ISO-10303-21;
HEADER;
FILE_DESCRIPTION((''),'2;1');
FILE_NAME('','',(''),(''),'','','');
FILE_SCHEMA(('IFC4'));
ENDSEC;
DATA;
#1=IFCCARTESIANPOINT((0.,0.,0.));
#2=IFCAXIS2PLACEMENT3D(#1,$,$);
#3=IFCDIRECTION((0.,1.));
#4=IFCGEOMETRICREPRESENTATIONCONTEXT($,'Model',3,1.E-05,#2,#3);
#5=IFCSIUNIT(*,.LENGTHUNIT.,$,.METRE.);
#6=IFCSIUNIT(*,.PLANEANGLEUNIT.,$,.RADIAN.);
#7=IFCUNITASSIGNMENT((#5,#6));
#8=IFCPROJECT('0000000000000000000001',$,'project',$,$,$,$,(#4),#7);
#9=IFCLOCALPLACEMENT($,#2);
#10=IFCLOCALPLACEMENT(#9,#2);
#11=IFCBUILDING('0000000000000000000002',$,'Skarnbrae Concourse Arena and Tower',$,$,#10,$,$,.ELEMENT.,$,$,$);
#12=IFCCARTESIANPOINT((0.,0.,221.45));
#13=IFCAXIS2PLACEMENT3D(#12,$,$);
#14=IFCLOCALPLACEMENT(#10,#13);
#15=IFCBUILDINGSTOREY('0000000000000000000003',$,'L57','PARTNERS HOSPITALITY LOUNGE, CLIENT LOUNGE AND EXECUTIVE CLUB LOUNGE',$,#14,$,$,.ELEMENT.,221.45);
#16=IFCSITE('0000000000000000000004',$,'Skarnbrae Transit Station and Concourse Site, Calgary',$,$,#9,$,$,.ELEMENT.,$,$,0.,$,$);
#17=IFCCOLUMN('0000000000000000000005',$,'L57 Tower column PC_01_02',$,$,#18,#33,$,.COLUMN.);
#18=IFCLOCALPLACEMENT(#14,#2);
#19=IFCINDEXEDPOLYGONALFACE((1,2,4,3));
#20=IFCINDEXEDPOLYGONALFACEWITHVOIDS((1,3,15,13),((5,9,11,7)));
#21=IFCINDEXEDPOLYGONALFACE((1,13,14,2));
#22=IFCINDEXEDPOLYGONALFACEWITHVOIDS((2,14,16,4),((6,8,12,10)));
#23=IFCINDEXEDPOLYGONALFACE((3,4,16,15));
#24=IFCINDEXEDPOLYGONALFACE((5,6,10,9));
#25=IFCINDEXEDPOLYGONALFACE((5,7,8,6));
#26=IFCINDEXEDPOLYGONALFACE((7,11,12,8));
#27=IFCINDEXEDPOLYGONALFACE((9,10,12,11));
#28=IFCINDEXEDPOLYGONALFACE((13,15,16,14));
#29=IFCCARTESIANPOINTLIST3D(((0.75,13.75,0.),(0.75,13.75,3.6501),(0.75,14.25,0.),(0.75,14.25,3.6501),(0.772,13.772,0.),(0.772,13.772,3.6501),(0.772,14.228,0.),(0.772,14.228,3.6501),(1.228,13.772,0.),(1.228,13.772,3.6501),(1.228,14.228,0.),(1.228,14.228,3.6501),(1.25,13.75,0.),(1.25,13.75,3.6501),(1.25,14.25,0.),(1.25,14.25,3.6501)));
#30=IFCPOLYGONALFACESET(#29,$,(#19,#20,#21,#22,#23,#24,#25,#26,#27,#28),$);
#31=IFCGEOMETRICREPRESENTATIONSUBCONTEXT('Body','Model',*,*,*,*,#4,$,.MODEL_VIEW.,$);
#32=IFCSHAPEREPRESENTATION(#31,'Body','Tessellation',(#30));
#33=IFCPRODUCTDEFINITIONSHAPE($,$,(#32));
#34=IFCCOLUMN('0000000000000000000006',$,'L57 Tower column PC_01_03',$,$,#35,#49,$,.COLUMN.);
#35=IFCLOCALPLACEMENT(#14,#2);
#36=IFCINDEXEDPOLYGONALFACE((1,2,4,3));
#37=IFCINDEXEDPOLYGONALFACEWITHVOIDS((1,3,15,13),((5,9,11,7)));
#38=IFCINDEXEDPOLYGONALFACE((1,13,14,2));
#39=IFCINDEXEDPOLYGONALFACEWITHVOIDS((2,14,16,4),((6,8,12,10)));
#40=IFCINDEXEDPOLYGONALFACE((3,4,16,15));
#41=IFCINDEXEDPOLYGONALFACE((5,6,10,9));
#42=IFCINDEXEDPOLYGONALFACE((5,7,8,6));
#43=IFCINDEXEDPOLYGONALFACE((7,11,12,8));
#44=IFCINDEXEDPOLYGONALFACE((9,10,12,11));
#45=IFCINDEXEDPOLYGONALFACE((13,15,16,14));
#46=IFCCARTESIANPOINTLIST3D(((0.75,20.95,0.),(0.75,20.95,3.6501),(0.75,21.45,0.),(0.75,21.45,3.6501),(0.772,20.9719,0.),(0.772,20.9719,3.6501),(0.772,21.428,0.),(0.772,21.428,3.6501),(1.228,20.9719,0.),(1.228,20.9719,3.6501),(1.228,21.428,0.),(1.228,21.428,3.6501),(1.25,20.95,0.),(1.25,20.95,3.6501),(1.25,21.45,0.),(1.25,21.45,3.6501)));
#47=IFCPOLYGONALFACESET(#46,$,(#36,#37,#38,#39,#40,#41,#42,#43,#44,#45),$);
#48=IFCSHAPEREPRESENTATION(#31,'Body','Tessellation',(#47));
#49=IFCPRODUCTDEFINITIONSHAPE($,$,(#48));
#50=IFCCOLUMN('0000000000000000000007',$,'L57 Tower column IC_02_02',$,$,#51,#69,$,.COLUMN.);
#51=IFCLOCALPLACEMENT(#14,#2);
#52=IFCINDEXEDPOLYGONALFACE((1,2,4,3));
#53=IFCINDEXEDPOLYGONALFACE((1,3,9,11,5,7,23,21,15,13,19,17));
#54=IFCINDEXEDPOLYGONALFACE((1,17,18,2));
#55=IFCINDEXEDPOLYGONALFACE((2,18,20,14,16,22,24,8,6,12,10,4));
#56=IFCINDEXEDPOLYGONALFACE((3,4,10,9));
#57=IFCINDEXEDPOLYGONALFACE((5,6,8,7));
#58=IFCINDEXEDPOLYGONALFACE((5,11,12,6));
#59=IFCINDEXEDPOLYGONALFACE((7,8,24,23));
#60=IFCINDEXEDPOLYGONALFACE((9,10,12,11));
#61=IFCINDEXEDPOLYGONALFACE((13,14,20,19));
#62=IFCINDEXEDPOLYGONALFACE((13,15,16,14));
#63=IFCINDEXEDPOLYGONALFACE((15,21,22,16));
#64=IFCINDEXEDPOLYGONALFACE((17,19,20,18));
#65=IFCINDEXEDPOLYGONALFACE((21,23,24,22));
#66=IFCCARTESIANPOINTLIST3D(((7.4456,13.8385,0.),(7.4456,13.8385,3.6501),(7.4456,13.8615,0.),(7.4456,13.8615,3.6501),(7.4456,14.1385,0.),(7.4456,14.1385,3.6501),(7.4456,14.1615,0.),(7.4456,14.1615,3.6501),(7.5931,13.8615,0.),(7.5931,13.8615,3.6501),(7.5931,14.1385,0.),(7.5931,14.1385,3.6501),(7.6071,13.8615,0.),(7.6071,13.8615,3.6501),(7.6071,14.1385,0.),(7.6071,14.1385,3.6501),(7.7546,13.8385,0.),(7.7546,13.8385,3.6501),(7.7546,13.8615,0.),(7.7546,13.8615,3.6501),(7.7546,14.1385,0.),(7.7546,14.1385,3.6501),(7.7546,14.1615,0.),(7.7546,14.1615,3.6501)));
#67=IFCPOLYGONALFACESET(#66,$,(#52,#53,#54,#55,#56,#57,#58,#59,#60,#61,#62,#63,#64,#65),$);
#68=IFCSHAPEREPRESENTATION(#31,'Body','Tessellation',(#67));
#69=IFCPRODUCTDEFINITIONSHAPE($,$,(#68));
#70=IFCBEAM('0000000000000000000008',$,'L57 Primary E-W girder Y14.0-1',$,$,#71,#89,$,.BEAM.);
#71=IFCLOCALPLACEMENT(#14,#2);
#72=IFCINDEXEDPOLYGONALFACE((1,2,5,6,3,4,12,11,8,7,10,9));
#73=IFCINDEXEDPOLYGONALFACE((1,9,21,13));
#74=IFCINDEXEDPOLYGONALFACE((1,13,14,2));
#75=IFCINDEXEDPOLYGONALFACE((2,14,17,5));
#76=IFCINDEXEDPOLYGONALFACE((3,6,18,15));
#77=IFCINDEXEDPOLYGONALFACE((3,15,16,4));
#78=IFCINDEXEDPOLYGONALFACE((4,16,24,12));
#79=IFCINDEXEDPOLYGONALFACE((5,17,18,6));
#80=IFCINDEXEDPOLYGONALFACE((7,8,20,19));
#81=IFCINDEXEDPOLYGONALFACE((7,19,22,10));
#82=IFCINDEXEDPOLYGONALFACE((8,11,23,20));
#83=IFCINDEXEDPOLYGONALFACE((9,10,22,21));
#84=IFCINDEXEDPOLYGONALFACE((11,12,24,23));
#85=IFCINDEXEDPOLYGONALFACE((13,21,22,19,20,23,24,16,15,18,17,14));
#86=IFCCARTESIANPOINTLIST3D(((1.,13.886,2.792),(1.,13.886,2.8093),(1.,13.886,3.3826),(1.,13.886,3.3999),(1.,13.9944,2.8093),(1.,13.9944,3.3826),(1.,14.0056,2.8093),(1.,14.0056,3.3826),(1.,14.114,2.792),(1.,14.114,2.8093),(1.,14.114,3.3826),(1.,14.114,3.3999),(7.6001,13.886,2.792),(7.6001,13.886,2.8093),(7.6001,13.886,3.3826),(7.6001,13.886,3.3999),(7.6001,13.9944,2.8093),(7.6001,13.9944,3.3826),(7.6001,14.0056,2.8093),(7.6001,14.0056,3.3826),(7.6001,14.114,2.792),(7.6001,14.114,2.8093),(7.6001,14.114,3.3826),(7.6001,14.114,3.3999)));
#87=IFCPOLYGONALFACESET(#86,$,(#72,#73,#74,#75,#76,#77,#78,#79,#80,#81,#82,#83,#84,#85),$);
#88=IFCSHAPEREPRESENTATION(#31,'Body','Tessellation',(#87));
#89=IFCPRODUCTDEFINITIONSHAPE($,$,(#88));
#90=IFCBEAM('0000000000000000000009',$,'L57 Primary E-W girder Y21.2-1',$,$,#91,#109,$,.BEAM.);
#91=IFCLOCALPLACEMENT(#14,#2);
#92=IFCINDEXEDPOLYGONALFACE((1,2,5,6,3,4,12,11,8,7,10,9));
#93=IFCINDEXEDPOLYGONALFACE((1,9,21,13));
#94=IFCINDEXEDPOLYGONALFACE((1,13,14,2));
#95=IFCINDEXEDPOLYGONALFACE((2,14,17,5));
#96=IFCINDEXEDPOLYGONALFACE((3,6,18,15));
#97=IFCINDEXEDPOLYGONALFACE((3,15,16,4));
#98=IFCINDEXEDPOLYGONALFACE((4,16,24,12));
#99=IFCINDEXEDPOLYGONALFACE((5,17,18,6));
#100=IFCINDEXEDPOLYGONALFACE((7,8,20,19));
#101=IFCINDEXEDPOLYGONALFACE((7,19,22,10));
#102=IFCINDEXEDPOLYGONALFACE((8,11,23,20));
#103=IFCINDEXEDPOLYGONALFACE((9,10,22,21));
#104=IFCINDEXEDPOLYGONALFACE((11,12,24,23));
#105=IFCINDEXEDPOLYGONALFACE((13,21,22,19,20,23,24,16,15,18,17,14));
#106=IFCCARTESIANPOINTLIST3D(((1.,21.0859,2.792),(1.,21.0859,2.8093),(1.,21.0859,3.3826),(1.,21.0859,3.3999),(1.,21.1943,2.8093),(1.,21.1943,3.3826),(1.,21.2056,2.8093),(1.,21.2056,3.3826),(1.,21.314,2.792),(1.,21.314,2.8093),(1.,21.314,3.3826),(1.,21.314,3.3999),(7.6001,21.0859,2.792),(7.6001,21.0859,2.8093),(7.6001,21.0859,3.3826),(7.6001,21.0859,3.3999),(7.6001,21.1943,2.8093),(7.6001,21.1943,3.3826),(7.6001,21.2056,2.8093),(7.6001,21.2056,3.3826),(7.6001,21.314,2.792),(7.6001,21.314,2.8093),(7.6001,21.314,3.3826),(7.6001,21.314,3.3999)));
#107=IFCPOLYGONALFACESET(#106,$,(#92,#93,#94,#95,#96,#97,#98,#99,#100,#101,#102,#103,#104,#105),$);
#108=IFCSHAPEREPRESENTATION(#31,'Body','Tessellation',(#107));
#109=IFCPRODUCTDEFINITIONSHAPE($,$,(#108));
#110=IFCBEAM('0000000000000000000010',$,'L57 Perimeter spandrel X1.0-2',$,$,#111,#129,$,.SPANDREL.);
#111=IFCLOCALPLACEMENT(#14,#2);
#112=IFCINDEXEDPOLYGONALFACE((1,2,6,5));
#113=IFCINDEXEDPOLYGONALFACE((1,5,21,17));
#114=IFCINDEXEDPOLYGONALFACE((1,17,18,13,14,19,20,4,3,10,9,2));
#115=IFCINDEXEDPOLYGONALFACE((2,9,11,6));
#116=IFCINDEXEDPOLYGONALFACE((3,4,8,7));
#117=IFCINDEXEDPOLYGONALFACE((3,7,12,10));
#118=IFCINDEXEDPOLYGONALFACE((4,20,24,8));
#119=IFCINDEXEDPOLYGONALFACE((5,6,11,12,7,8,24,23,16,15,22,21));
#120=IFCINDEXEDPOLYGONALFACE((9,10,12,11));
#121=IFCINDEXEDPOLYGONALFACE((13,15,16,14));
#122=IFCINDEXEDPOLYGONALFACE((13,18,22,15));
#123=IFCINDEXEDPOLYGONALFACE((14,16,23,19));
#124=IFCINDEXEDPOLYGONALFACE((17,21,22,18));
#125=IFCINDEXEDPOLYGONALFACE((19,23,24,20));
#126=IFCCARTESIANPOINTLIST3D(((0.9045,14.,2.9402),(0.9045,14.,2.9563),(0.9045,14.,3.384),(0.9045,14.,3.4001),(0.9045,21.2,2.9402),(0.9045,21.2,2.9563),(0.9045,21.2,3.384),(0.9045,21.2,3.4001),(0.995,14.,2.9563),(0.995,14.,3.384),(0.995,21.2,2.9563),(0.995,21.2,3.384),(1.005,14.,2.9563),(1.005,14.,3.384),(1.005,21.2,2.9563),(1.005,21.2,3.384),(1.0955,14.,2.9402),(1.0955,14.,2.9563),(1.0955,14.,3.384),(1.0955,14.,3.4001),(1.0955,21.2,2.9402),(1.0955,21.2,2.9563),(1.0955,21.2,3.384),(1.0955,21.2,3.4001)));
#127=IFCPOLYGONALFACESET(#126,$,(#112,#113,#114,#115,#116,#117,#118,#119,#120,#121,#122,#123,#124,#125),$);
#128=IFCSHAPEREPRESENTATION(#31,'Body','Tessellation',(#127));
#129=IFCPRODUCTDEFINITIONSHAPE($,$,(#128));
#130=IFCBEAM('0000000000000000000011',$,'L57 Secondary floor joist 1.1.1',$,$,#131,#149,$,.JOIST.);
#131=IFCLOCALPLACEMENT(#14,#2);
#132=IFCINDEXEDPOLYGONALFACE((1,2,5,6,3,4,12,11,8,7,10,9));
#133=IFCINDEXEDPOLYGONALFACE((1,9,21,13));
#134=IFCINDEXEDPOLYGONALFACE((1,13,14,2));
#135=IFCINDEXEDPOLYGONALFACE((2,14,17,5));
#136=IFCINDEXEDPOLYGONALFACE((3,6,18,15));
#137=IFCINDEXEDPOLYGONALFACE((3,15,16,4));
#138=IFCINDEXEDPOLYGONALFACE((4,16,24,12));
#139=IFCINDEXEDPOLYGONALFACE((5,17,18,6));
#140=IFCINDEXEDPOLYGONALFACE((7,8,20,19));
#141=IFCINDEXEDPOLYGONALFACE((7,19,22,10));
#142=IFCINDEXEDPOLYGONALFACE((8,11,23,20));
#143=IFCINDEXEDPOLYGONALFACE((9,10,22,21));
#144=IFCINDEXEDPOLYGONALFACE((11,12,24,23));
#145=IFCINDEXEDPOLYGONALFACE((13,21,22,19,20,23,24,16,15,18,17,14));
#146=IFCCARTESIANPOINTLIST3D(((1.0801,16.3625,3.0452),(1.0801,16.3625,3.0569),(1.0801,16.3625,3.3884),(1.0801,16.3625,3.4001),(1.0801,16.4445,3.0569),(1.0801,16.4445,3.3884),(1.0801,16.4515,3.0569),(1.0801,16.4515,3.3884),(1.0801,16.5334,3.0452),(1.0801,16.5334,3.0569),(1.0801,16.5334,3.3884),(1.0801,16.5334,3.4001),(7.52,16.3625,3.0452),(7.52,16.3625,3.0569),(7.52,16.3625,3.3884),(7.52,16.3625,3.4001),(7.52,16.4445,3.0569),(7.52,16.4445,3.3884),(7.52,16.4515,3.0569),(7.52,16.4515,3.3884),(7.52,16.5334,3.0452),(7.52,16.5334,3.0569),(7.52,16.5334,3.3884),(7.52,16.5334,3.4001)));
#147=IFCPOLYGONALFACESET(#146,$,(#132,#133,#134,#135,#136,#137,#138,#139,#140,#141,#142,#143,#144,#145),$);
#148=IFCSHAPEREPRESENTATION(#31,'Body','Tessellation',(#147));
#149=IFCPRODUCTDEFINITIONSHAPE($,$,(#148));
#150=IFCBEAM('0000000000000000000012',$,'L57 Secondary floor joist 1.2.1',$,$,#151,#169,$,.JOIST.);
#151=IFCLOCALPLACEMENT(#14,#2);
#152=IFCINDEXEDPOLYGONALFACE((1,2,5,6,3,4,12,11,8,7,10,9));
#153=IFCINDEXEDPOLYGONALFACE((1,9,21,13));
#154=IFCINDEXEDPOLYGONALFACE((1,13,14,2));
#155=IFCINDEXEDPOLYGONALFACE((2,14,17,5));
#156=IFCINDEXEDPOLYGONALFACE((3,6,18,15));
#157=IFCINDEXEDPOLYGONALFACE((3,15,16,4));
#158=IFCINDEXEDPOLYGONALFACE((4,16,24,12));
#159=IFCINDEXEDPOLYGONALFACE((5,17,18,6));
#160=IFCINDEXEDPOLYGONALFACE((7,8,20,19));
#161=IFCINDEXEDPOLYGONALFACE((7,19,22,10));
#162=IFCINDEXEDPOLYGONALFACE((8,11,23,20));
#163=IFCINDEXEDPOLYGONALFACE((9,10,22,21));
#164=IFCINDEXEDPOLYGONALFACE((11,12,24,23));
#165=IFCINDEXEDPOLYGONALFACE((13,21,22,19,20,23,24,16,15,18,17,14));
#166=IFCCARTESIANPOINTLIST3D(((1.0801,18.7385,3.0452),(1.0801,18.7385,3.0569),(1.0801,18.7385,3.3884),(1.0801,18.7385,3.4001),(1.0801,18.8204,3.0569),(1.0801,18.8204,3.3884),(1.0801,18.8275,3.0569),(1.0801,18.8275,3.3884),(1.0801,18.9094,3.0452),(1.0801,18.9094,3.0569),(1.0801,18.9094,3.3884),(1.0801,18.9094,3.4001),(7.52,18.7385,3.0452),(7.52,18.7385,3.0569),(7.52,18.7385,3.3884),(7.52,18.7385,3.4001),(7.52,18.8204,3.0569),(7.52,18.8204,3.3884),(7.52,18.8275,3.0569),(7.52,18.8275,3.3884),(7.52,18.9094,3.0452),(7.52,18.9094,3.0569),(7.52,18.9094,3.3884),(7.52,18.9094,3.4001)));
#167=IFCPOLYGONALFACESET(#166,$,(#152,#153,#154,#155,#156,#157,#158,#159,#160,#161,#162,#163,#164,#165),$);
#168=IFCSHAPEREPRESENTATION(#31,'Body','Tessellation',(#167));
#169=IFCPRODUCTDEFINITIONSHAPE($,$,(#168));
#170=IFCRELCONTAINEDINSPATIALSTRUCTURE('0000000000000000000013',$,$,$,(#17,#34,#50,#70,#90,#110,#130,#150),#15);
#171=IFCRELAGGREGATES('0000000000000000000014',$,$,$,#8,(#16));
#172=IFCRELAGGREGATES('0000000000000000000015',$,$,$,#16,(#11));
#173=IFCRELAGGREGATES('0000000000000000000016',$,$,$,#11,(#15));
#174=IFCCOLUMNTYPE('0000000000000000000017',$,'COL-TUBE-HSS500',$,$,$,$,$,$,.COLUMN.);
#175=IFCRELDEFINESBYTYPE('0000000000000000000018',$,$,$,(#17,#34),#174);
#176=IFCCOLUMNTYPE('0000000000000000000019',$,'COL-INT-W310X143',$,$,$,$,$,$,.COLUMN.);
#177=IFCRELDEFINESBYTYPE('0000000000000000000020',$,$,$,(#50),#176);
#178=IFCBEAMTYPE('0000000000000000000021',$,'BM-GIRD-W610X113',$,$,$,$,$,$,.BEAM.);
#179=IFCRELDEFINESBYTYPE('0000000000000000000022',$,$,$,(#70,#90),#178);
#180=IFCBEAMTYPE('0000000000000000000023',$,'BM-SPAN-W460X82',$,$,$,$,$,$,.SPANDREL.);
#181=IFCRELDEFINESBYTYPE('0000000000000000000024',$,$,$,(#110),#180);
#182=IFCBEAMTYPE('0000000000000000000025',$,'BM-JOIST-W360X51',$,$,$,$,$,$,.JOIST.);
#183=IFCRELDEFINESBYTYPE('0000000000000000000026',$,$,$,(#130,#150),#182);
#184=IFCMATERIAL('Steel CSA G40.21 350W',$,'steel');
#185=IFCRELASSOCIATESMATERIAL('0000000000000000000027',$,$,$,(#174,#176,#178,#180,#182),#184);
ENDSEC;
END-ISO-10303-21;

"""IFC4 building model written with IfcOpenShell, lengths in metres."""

from ifc_helpers import new_model, si_unit, direction, frame, origin, origin_2d, place, context, subcontext, project, spatial, hollow_rectangle, i_section, extrude, source, transform, mapped, material, material_profile, profile_set, type_object, element, save


model = new_model("IFC4")

# Units and contexts
model_context = context("Model", 3, precision=1e-05, world=origin(), true_north=direction((0.0, 1.0)))
body_context = subcontext(model_context, "Body", "Model", "MODEL_VIEW")
ifc_project = project(units=[si_unit("LENGTHUNIT", "METRE"), si_unit("PLANEANGLEUNIT", "RADIAN")], contexts=[model_context])

# Site, building, storey
site_placement = place(None, origin())
site = spatial("IfcSite", under=ifc_project, at=site_placement, Name="Skarnbrae Transit Station and Concourse Site, Calgary", CompositionType="ELEMENT", RefElevation=0.0)
building_placement = place(site_placement, origin())
building = spatial("IfcBuilding", under=site, at=building_placement, Name="Skarnbrae Concourse Arena and Tower", CompositionType="ELEMENT")
storey_placement = place(building_placement, frame((0.0, 0.0, 221.45)))
storey = spatial("IfcBuildingStorey", under=building, at=storey_placement, Name="L57", Description="PARTNERS HOSPITALITY LOUNGE, CLIENT LOUNGE AND EXECUTIVE CLUB LOUNGE", CompositionType="ELEMENT", Elevation=221.45)

# Columns
ifc_material_1 = material(Name="Steel CSA G40.21 350W", Category="steel")
ifc_material_profile_1 = material_profile(ifc_material_1, hollow_rectangle(XDim=0.5, YDim=0.5, WallThickness=0.022, at=origin_2d()), Name="HSS500X500X22.0")
ifc_profile_set_1 = profile_set([ifc_material_profile_1], Name="Steel CSA G40.21 350W")
column_type_1 = type_object("IfcColumnType", Name="COL-TUBE-HSS500", PredefinedType="COLUMN", material=ifc_profile_set_1)
shared_shape_1 = source(origin(), body_context, "Body", "SweptSolid", [
    extrude(hollow_rectangle(XDim=0.5, YDim=0.5, WallThickness=0.022, at=origin_2d()), origin(), (0.0, 0.0, 1.0), 3.6501),
])
for number, where, z_axis, x_axis, name in (
    (1, (1.0, 14.0, 0.0), (0.0, 0.0, 1.0), (1.0, 0.0, 0.0), "L57 Tower column PC_01_02"),
    (2, (1.0, 21.2, 0.0), (0.0, 0.0, 1.0), (1.0, 0.0, 0.0), "L57 Tower column PC_01_03"),
):
    element("IfcColumn", number, at=place(storey_placement, frame(where, z_axis=z_axis, x_axis=x_axis)), inside=storey, type_object=column_type_1, Name=name, PredefinedType="COLUMN", context=body_context, shape_type="MappedRepresentation", body=[
        mapped(shared_shape_1, transform((0.0, 0.0, 0.0))),
    ])
ifc_material_profile_2 = material_profile(ifc_material_1, i_section(OverallWidth=0.3091, OverallDepth=0.323, WebThickness=0.0139, FlangeThickness=0.0229, at=origin_2d()), Name="W310X143")
ifc_profile_set_2 = profile_set([ifc_material_profile_2], Name="Steel CSA G40.21 350W")
column_type_2 = type_object("IfcColumnType", Name="COL-INT-W310X143", PredefinedType="COLUMN", material=ifc_profile_set_2)
shared_shape_2 = source(origin(), body_context, "Body", "SweptSolid", [
    extrude(i_section(OverallWidth=0.3091, OverallDepth=0.323, WebThickness=0.0139, FlangeThickness=0.0229, at=origin_2d()), origin(), (0.0, 0.0, 1.0), 3.6501),
])
column_placement = place(storey_placement, frame((7.6001, 14.0, 0.0), z_axis=(0.0, 0.0, 1.0), x_axis=(1.0, 0.0, 0.0)))
element("IfcColumn", 3, at=column_placement, inside=storey, type_object=column_type_2, Name="L57 Tower column IC_02_02", PredefinedType="COLUMN", context=body_context, shape_type="MappedRepresentation", body=[
    mapped(shared_shape_2, transform((0.0, 0.0, 0.0))),
])

# Beams
ifc_material_profile_3 = material_profile(ifc_material_1, i_section(OverallWidth=0.228, OverallDepth=0.6079, WebThickness=0.0112, FlangeThickness=0.0173, at=origin_2d()), Name="W610X113")
ifc_profile_set_3 = profile_set([ifc_material_profile_3], Name="Steel CSA G40.21 350W")
beam_type_1 = type_object("IfcBeamType", Name="BM-GIRD-W610X113", PredefinedType="BEAM", material=ifc_profile_set_3)
shared_shape_3 = source(origin(), body_context, "Body", "SweptSolid", [
    extrude(i_section(OverallWidth=0.228, OverallDepth=0.6079, WebThickness=0.0112, FlangeThickness=0.0173, at=origin_2d()), origin(), (0.0, 0.0, 1.0), 6.6001),
])
for number, where, z_axis, x_axis, name in (
    (4, (1.0, 14.0, 3.0959), (1.0, 0.0, 0.0), (0.0, 1.0, 0.0), "L57 Primary E-W girder Y14.0-1"),
    (5, (1.0, 21.2, 3.0959), (1.0, 0.0, 0.0), (0.0, 1.0, 0.0), "L57 Primary E-W girder Y21.2-1"),
):
    element("IfcBeam", number, at=place(storey_placement, frame(where, z_axis=z_axis, x_axis=x_axis)), inside=storey, type_object=beam_type_1, Name=name, PredefinedType="BEAM", context=body_context, shape_type="MappedRepresentation", body=[
        mapped(shared_shape_3, transform((0.0, 0.0, 0.0))),
    ])
ifc_material_profile_4 = material_profile(ifc_material_1, i_section(OverallWidth=0.1909, OverallDepth=0.46, WebThickness=0.01, FlangeThickness=0.0161, at=origin_2d()), Name="W460X82")
ifc_profile_set_4 = profile_set([ifc_material_profile_4], Name="Steel CSA G40.21 350W")
beam_type_2 = type_object("IfcBeamType", Name="BM-SPAN-W460X82", PredefinedType="SPANDREL", material=ifc_profile_set_4)
shared_shape_4 = source(origin(), body_context, "Body", "SweptSolid", [
    extrude(i_section(OverallWidth=0.1909, OverallDepth=0.46, WebThickness=0.01, FlangeThickness=0.0161, at=origin_2d()), origin(), (0.0, 0.0, 1.0), 7.2),
])
beam_placement = place(storey_placement, frame((1.0, 14.0, 3.1702), z_axis=(0.0, 1.0, 0.0), x_axis=(-1.0, 0.0, 0.0)))
element("IfcBeam", 6, at=beam_placement, inside=storey, type_object=beam_type_2, Name="L57 Perimeter spandrel X1.0-2", PredefinedType="SPANDREL", context=body_context, shape_type="MappedRepresentation", body=[
    mapped(shared_shape_4, transform((0.0, 0.0, 0.0))),
])
ifc_material_profile_5 = material_profile(ifc_material_1, i_section(OverallWidth=0.1709, OverallDepth=0.355, WebThickness=0.0071, FlangeThickness=0.0117, at=origin_2d()), Name="W360X51")
ifc_profile_set_5 = profile_set([ifc_material_profile_5], Name="Steel CSA G40.21 350W")
beam_type_3 = type_object("IfcBeamType", Name="BM-JOIST-W360X51", PredefinedType="JOIST", material=ifc_profile_set_5)
shared_shape_5 = source(origin(), body_context, "Body", "SweptSolid", [
    extrude(i_section(OverallWidth=0.1709, OverallDepth=0.355, WebThickness=0.0071, FlangeThickness=0.0117, at=origin_2d()), origin(), (0.0, 0.0, 1.0), 6.4399),
])
for number, where, z_axis, x_axis, name in (
    (7, (1.0801, 16.448, 3.2227), (1.0, 0.0, 0.0), (0.0, 1.0, 0.0), "L57 Secondary floor joist 1.1.1"),
    (8, (1.0801, 18.824, 3.2227), (1.0, 0.0, 0.0), (0.0, 1.0, 0.0), "L57 Secondary floor joist 1.2.1"),
):
    element("IfcBeam", number, at=place(storey_placement, frame(where, z_axis=z_axis, x_axis=x_axis)), inside=storey, type_object=beam_type_3, Name=name, PredefinedType="JOIST", context=body_context, shape_type="MappedRepresentation", body=[
        mapped(shared_shape_5, transform((0.0, 0.0, 0.0))),
    ])

save(model, "model.ifc")
